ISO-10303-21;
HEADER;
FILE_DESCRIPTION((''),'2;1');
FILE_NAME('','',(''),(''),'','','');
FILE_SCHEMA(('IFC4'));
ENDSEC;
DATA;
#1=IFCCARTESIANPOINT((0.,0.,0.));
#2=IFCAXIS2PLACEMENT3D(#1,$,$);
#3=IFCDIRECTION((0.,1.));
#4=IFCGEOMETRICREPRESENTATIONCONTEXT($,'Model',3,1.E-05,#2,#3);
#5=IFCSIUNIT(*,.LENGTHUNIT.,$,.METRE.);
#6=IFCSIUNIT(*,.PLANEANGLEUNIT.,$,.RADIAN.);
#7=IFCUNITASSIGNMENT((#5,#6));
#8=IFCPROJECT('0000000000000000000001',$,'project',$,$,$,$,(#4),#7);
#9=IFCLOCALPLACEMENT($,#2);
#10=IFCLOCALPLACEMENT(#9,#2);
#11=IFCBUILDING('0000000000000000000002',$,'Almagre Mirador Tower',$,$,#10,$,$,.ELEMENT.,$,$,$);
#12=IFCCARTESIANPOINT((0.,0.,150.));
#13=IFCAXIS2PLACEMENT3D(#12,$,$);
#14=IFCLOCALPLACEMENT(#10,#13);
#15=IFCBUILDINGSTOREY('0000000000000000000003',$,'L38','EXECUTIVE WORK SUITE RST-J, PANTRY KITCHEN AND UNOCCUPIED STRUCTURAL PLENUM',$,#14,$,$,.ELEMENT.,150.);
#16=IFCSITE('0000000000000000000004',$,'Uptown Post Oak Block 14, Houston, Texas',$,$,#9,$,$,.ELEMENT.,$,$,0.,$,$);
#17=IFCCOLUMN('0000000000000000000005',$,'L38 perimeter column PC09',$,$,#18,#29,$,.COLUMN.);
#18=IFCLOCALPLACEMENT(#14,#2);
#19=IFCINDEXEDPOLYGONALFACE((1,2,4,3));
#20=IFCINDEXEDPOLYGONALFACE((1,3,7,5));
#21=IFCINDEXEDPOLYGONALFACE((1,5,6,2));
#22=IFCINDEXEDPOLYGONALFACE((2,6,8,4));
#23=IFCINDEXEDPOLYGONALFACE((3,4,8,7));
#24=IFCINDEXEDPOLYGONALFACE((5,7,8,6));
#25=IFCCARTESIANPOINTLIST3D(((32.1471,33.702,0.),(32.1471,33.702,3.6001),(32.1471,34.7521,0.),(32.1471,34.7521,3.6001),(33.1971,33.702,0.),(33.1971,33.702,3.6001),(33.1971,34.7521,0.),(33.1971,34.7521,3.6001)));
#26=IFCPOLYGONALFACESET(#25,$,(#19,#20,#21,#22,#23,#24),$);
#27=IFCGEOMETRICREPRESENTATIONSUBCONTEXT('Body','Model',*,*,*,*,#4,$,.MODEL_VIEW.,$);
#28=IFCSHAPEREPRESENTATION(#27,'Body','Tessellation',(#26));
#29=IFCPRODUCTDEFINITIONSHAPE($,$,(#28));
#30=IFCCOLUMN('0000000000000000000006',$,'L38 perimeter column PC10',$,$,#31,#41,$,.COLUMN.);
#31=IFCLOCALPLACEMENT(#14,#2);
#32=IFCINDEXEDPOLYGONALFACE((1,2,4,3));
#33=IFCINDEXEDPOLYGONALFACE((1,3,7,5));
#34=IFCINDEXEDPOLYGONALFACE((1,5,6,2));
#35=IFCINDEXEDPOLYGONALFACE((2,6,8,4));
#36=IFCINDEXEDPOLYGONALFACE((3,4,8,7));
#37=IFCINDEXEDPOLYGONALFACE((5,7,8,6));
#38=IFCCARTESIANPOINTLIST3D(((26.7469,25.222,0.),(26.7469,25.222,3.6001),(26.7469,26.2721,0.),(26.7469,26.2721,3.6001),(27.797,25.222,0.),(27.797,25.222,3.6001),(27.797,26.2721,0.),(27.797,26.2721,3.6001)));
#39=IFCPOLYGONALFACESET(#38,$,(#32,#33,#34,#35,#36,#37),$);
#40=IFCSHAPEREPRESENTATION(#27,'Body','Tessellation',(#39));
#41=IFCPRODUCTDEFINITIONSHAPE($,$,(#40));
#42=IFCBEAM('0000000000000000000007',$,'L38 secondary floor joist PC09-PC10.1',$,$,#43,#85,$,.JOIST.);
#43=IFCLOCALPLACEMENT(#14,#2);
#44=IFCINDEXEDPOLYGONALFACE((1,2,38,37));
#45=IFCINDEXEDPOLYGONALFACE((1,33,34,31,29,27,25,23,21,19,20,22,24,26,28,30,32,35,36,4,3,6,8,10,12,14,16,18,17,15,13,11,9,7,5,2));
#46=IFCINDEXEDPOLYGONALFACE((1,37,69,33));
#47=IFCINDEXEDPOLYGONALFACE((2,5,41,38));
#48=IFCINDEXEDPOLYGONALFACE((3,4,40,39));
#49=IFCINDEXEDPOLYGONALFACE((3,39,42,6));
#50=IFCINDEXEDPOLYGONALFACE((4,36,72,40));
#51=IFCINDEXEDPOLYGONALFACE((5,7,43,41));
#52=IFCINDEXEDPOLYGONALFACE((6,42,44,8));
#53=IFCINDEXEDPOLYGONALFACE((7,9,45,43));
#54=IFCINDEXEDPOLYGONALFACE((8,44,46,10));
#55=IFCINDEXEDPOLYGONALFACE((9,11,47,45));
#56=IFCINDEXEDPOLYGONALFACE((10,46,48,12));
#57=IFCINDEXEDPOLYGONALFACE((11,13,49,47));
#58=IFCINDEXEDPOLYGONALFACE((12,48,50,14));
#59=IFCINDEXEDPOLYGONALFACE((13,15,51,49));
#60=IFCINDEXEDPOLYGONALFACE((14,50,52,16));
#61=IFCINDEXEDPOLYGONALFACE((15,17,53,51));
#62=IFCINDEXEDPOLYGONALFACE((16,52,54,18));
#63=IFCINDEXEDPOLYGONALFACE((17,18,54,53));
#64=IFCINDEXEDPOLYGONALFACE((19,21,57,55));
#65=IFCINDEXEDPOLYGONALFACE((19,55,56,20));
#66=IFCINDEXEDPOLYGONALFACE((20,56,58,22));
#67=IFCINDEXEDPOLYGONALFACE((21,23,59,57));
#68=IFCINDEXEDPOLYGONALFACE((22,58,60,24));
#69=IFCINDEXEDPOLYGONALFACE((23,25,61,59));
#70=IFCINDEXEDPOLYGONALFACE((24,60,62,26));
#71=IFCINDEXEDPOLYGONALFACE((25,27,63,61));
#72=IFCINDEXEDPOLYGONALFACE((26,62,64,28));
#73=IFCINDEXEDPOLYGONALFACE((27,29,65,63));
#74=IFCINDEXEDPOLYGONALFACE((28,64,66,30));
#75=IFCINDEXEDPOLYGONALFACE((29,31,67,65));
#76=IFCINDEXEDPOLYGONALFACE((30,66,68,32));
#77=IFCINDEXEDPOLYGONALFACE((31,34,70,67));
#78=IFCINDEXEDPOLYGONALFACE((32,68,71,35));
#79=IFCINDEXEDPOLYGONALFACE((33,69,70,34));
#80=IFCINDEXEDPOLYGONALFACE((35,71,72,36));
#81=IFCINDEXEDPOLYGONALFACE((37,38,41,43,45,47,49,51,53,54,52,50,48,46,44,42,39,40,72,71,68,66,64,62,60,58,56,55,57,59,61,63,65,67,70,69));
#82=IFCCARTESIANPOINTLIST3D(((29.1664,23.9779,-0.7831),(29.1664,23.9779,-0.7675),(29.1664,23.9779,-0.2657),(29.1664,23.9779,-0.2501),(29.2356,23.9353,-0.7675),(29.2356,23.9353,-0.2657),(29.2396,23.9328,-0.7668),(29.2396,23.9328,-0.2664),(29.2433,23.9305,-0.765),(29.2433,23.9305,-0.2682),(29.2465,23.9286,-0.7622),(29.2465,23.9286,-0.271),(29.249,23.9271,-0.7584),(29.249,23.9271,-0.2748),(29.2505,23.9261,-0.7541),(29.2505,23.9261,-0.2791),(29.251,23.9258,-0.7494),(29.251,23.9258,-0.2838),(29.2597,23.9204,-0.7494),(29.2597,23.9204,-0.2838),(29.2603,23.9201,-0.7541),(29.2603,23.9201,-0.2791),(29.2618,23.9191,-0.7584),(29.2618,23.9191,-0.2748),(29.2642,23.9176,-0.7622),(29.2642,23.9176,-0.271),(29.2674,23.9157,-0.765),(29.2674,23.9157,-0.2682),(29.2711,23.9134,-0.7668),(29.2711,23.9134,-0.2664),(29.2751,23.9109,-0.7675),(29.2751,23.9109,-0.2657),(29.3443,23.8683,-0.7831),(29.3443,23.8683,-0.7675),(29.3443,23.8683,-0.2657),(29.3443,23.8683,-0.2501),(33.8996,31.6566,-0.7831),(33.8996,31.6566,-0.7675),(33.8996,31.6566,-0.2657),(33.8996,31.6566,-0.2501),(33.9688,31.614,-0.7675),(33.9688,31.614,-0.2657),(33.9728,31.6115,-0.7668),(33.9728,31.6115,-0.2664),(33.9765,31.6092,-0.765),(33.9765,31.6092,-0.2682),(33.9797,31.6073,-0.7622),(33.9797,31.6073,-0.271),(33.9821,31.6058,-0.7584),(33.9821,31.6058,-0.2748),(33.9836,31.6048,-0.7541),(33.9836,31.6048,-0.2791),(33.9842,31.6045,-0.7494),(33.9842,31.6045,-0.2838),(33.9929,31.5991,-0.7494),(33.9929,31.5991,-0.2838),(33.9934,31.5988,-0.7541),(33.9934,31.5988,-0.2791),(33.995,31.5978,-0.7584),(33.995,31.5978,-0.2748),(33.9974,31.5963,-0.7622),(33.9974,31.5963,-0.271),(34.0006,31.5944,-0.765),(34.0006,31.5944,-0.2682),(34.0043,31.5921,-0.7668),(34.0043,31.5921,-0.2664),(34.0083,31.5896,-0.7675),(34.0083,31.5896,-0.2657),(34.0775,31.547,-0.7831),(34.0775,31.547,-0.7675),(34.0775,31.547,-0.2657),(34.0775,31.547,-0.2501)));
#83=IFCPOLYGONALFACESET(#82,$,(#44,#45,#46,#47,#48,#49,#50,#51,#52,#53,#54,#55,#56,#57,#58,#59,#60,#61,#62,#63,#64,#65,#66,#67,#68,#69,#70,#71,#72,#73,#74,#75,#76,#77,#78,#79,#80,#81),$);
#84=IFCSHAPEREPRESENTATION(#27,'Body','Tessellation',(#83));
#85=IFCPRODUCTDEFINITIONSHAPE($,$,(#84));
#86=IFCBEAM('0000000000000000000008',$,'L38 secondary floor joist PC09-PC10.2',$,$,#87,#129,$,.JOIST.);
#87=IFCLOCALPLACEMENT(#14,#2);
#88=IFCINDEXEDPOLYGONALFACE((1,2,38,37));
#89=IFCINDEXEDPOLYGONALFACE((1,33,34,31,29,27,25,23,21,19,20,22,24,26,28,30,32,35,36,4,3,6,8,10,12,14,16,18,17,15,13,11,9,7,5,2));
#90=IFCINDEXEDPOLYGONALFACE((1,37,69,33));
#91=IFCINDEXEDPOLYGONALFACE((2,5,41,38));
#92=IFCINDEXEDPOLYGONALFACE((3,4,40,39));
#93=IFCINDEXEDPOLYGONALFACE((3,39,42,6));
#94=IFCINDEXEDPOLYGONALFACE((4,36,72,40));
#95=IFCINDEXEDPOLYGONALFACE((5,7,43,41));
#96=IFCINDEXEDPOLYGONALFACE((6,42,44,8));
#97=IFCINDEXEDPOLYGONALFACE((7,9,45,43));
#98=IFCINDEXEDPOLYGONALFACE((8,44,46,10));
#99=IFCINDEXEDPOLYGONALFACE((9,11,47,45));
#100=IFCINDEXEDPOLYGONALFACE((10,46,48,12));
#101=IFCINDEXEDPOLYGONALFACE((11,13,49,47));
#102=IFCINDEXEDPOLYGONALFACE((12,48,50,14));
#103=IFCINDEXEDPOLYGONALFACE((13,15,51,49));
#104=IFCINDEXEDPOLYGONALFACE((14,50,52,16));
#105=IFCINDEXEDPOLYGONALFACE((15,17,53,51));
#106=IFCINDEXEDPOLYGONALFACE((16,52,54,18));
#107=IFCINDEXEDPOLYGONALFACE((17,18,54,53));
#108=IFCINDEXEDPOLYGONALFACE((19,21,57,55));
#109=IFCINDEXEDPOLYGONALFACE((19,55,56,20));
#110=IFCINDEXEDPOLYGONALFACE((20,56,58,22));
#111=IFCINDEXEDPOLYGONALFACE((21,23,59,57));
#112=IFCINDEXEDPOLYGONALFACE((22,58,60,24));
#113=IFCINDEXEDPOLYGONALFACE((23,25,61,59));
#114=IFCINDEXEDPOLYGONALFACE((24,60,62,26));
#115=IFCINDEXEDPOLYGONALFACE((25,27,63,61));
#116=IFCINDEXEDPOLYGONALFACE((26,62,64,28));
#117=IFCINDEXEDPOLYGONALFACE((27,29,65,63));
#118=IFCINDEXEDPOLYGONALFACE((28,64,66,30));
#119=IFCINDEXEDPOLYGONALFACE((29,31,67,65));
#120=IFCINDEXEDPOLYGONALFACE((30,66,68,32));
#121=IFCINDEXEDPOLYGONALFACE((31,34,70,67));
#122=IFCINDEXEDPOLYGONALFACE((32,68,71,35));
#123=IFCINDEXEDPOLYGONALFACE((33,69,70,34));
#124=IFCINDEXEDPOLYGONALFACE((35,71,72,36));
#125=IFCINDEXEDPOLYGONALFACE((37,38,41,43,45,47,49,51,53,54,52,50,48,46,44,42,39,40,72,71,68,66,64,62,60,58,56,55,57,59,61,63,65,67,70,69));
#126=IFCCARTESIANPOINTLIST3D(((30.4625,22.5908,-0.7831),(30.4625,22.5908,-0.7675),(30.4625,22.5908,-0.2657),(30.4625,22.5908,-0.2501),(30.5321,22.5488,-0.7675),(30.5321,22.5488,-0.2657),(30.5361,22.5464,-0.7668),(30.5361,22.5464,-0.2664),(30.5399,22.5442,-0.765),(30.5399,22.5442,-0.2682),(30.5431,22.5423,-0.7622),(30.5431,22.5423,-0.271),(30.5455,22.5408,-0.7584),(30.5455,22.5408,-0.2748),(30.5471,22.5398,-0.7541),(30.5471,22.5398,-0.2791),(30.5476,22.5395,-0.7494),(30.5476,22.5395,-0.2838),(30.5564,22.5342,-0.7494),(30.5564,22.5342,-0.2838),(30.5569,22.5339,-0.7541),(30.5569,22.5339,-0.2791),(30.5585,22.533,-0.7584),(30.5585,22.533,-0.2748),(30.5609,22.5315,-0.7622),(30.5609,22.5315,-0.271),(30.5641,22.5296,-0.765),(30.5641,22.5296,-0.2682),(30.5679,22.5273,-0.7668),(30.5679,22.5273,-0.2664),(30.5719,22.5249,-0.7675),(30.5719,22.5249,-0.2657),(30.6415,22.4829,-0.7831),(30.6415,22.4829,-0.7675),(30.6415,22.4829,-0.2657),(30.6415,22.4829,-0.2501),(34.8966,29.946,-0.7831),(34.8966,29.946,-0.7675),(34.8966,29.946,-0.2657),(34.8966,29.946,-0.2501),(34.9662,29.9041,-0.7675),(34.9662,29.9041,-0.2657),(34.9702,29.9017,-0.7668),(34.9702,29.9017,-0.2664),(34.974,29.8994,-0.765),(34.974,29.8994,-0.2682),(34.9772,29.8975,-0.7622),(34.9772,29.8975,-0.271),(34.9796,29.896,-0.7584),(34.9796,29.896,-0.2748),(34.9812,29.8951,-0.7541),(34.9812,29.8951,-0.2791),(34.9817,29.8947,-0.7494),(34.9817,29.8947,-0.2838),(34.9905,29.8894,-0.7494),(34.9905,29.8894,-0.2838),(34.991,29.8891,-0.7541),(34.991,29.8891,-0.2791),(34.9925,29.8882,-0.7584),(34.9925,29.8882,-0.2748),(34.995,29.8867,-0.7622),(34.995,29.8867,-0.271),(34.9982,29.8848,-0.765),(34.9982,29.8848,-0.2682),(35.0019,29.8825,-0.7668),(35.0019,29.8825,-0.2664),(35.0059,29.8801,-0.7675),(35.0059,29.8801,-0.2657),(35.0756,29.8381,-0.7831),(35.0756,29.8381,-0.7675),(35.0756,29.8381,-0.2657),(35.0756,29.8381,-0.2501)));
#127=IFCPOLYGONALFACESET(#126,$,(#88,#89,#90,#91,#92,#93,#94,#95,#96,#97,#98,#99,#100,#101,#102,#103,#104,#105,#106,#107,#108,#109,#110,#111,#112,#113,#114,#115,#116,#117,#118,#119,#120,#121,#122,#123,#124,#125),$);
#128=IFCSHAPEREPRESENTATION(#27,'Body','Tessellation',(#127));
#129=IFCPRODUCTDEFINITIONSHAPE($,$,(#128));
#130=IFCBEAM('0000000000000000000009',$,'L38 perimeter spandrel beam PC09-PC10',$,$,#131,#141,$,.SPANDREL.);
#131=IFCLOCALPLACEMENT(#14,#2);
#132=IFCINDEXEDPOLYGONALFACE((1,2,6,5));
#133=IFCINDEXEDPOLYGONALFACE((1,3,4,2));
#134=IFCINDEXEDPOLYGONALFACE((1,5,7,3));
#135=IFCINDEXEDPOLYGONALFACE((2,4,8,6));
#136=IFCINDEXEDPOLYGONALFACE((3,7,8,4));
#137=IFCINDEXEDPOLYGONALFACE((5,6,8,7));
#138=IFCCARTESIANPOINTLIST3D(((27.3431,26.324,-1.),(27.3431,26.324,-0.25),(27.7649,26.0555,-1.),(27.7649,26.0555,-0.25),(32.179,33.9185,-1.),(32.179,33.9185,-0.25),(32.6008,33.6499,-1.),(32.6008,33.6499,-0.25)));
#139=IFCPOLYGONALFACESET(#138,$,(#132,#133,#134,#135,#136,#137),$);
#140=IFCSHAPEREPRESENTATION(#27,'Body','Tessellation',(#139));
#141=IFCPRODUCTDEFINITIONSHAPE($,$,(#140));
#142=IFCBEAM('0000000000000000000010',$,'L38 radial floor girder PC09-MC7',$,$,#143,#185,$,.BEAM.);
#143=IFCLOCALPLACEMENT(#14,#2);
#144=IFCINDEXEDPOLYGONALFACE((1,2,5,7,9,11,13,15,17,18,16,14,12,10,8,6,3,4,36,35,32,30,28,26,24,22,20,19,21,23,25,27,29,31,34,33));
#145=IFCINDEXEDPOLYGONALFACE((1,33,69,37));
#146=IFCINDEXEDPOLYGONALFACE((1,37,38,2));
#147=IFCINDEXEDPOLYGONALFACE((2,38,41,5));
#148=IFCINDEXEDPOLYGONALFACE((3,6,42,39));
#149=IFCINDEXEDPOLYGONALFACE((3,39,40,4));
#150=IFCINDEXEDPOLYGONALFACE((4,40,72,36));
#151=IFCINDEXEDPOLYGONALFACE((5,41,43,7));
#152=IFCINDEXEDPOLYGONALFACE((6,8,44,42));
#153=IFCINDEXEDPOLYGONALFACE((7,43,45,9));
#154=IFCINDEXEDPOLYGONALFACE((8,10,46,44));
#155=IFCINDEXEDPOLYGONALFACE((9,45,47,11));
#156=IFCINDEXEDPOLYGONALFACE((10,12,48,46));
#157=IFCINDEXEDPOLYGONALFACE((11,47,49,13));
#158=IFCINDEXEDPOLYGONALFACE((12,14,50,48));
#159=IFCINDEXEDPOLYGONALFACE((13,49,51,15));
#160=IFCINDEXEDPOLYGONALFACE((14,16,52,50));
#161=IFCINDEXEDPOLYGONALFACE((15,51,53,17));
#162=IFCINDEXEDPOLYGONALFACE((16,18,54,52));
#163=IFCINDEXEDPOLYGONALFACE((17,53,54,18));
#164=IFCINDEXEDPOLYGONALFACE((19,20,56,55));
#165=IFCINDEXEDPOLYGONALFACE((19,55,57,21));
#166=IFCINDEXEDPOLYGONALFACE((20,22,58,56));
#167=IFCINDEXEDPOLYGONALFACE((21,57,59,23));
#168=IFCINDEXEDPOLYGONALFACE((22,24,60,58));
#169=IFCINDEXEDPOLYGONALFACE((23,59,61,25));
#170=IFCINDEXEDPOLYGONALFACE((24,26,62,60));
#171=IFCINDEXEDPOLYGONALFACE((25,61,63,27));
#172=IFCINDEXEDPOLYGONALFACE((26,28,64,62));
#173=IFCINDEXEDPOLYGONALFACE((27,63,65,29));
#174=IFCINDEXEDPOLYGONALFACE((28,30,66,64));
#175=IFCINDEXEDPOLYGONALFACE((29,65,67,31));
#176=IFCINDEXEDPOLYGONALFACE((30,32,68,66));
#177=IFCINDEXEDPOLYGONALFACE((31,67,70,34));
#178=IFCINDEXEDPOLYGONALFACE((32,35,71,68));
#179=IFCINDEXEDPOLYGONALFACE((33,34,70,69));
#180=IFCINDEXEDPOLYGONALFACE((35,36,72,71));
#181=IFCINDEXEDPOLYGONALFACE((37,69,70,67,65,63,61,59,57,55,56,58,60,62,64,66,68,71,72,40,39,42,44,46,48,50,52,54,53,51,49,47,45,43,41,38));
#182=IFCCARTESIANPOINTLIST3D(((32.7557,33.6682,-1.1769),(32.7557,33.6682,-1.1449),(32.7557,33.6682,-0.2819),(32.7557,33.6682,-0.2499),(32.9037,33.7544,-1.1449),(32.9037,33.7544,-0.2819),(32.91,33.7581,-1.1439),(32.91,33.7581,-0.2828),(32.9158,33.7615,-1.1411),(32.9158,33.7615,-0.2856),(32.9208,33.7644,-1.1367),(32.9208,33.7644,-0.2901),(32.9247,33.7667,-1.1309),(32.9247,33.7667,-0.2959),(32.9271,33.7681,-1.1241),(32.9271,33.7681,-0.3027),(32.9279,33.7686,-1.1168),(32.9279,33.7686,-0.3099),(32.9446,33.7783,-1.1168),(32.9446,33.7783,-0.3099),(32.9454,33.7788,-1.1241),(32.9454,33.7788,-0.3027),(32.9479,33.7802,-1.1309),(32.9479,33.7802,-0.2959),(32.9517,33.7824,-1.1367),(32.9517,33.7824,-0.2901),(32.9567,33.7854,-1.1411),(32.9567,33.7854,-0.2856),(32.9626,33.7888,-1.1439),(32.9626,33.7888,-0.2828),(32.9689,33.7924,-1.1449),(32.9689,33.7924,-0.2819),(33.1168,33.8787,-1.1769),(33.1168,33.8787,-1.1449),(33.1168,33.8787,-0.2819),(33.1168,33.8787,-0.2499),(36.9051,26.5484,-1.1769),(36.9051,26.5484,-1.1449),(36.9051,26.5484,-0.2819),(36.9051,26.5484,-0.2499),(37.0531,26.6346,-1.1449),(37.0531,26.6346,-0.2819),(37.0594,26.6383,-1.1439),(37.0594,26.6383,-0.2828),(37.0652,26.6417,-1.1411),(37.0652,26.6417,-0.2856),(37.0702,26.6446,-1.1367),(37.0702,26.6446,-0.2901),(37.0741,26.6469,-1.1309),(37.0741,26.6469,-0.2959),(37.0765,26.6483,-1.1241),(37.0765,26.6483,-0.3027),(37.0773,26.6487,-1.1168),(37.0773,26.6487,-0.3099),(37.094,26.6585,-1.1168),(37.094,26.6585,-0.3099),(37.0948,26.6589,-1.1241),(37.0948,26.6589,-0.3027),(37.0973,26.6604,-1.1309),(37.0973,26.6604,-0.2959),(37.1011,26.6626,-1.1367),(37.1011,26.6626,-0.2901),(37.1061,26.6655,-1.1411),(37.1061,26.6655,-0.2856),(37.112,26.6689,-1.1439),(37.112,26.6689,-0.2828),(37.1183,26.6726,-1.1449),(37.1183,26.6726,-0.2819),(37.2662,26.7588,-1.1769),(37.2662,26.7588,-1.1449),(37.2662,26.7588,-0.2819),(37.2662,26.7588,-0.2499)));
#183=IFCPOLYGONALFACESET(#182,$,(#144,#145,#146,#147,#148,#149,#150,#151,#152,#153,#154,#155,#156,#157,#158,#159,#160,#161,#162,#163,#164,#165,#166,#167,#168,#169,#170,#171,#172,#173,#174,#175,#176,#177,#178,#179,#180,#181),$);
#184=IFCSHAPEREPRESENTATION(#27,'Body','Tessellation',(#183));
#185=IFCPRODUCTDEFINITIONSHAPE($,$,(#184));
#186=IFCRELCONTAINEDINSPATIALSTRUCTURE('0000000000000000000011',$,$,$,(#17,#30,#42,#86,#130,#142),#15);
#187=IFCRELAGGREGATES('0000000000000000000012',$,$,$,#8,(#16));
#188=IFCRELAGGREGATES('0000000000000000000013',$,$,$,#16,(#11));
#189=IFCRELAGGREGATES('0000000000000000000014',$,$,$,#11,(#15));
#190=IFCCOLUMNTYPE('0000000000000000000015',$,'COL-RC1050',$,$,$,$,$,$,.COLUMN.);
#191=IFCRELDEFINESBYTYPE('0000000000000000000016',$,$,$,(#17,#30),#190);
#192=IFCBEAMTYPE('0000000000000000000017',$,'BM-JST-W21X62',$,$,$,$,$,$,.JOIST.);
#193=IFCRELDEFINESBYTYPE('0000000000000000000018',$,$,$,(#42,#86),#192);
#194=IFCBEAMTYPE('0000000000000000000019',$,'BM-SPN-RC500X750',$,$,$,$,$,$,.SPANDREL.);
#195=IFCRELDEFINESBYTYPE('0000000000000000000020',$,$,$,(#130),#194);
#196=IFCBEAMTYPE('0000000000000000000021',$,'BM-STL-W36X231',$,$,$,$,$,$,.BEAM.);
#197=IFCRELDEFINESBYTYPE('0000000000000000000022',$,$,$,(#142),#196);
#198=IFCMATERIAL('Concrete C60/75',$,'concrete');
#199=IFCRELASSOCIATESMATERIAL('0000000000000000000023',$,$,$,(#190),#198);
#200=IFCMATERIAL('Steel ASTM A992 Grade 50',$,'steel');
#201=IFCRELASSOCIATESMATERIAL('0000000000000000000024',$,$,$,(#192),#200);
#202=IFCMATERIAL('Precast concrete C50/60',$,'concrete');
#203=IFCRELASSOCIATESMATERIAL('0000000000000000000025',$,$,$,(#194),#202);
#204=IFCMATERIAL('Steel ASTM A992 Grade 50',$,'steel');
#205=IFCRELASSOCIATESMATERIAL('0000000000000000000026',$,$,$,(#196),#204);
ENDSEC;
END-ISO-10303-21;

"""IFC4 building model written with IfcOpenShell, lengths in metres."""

from ifc_helpers import new_model, si_unit, direction, frame, origin, origin_2d, place, context, subcontext, project, spatial, rectangle, i_section, extrude, material, material_profile, profile_set, type_object, element, save


model = new_model("IFC4")

# Units and contexts
model_context = context("Model", 3, precision=1e-05, world=origin(), true_north=direction((0.0, 1.0)))
body_context = subcontext(model_context, "Body", "Model", "MODEL_VIEW")
ifc_project = project(units=[si_unit("LENGTHUNIT", "METRE"), si_unit("PLANEANGLEUNIT", "RADIAN")], contexts=[model_context])

# Site, building, storey
site_placement = place(None, origin())
site = spatial("IfcSite", under=ifc_project, at=site_placement, Name="Uptown Post Oak Block 14, Houston, Texas", CompositionType="ELEMENT", RefElevation=0.0)
building_placement = place(site_placement, origin())
building = spatial("IfcBuilding", under=site, at=building_placement, Name="Almagre Mirador Tower", CompositionType="ELEMENT")
storey_placement = place(building_placement, frame((0.0, 0.0, 150.0)))
storey = spatial("IfcBuildingStorey", under=building, at=storey_placement, Name="L38", Description="EXECUTIVE WORK SUITE RST-J, PANTRY KITCHEN AND UNOCCUPIED STRUCTURAL PLENUM", CompositionType="ELEMENT", Elevation=150.0)

# Columns
ifc_material_1 = material(Name="Concrete C60/75", Category="concrete")
ifc_material_profile_1 = material_profile(ifc_material_1, rectangle(XDim=1.05, YDim=1.05, at=origin_2d()), Name="RC1050X1050")
ifc_profile_set_1 = profile_set([ifc_material_profile_1], Name="Concrete C60/75")
column_type = type_object("IfcColumnType", Name="COL-RC1050", PredefinedType="COLUMN", material=ifc_profile_set_1)
for number, where, z_axis, x_axis, name in (
    (1, (32.6721, 34.2271, 0.0), (0.0, 0.0, 1.0), (1.0, 0.0, 0.0), "L38 perimeter column PC09"),
    (2, (27.272, 25.7471, 0.0), (0.0, 0.0, 1.0), (1.0, 0.0, 0.0), "L38 perimeter column PC10"),
):
    element("IfcColumn", number, at=place(storey_placement, frame(where, z_axis=z_axis, x_axis=x_axis)), inside=storey, type_object=column_type, Name=name, PredefinedType="COLUMN", context=body_context, shape_type="SweptSolid", body=[
        extrude(rectangle(XDim=1.05, YDim=1.05, at=origin_2d()), origin(), (0.0, 0.0, 1.0), 3.6001),
    ])

# Beams
ifc_material_2 = material(Name="Steel ASTM A992 Grade 50", Category="steel")
ifc_material_profile_2 = material_profile(ifc_material_2, i_section(OverallWidth=0.209, OverallDepth=0.533, WebThickness=0.0103, FlangeThickness=0.0156, FilletRadius=0.0181, at=origin_2d()), Name="W21X62")
ifc_profile_set_2 = profile_set([ifc_material_profile_2], Name="Steel ASTM A992 Grade 50")
beam_type_1 = type_object("IfcBeamType", Name="BM-JST-W21X62", PredefinedType="JOIST", material=ifc_profile_set_2)
beam_1_placement = place(storey_placement, frame((33.9885, 31.6018, -0.5166), z_axis=(-0.524724, -0.851272, 0.0), x_axis=(0.851272, -0.524724, 0.0)))
element("IfcBeam", 3, at=beam_1_placement, inside=storey, type_object=beam_type_1, Name="L38 secondary floor joist PC09-PC10.1", PredefinedType="JOIST", context=body_context, shape_type="SweptSolid", body=[
    extrude(i_section(OverallWidth=0.209, OverallDepth=0.533, WebThickness=0.0103, FlangeThickness=0.0156, FilletRadius=0.0181, at=origin_2d()), origin(), (0.0, 0.0, 1.0), 9.0203),
])
beam_2_placement = place(storey_placement, frame((34.9861, 29.8921, -0.5166), z_axis=(-0.516288, -0.856415, 0.0), x_axis=(0.856415, -0.516288, 0.0)))
element("IfcBeam", 4, at=beam_2_placement, inside=storey, type_object=beam_type_1, Name="L38 secondary floor joist PC09-PC10.2", PredefinedType="JOIST", context=body_context, shape_type="SweptSolid", body=[
    extrude(i_section(OverallWidth=0.209, OverallDepth=0.533, WebThickness=0.0103, FlangeThickness=0.0156, FilletRadius=0.0181, at=origin_2d()), origin(), (0.0, 0.0, 1.0), 8.5884),
])
ifc_material_3 = material(Name="Precast concrete C50/60", Category="concrete")
ifc_material_profile_3 = material_profile(ifc_material_3, rectangle(XDim=0.5, YDim=0.75, at=origin_2d()), Name="RC500X750")
ifc_profile_set_3 = profile_set([ifc_material_profile_3], Name="Precast concrete C50/60")
beam_type_2 = type_object("IfcBeamType", Name="BM-SPN-RC500X750", PredefinedType="SPANDREL", material=ifc_profile_set_3)
beam_3_placement = place(storey_placement, frame((32.3899, 33.7842, -0.625), z_axis=(-0.537119, -0.843506, 0.0), x_axis=(0.843506, -0.537119, 0.0)))
element("IfcBeam", 5, at=beam_3_placement, inside=storey, type_object=beam_type_2, Name="L38 perimeter spandrel beam PC09-PC10", PredefinedType="SPANDREL", context=body_context, shape_type="SweptSolid", body=[
    extrude(rectangle(XDim=0.5, YDim=0.75, at=origin_2d()), origin(), (0.0, 0.0, 1.0), 9.0034),
])
ifc_material_4 = material(Name="Steel ASTM A992 Grade 50", Category="steel")
ifc_material_profile_4 = material_profile(ifc_material_4, i_section(OverallWidth=0.418, OverallDepth=0.927, WebThickness=0.0193, FlangeThickness=0.032, FilletRadius=0.0281, at=origin_2d()), Name="W36X231")
ifc_profile_set_4 = profile_set([ifc_material_profile_4], Name="Steel ASTM A992 Grade 50")
beam_type_3 = type_object("IfcBeamType", Name="BM-STL-W36X231", PredefinedType="BEAM", material=ifc_profile_set_4)
beam_4_placement = place(storey_placement, frame((32.9363, 33.7734, -0.7134), z_axis=(0.503523, -0.863982, 0.0), x_axis=(0.863982, 0.503523, 0.0)))
element("IfcBeam", 6, at=beam_4_placement, inside=storey, type_object=beam_type_3, Name="L38 radial floor girder PC09-MC7", PredefinedType="BEAM", context=body_context, shape_type="SweptSolid", body=[
    extrude(i_section(OverallWidth=0.418, OverallDepth=0.927, WebThickness=0.0193, FlangeThickness=0.032, FilletRadius=0.0281, at=origin_2d()), origin(), (0.0, 0.0, 1.0), 8.2407),
])

save(model, "model.ifc")
